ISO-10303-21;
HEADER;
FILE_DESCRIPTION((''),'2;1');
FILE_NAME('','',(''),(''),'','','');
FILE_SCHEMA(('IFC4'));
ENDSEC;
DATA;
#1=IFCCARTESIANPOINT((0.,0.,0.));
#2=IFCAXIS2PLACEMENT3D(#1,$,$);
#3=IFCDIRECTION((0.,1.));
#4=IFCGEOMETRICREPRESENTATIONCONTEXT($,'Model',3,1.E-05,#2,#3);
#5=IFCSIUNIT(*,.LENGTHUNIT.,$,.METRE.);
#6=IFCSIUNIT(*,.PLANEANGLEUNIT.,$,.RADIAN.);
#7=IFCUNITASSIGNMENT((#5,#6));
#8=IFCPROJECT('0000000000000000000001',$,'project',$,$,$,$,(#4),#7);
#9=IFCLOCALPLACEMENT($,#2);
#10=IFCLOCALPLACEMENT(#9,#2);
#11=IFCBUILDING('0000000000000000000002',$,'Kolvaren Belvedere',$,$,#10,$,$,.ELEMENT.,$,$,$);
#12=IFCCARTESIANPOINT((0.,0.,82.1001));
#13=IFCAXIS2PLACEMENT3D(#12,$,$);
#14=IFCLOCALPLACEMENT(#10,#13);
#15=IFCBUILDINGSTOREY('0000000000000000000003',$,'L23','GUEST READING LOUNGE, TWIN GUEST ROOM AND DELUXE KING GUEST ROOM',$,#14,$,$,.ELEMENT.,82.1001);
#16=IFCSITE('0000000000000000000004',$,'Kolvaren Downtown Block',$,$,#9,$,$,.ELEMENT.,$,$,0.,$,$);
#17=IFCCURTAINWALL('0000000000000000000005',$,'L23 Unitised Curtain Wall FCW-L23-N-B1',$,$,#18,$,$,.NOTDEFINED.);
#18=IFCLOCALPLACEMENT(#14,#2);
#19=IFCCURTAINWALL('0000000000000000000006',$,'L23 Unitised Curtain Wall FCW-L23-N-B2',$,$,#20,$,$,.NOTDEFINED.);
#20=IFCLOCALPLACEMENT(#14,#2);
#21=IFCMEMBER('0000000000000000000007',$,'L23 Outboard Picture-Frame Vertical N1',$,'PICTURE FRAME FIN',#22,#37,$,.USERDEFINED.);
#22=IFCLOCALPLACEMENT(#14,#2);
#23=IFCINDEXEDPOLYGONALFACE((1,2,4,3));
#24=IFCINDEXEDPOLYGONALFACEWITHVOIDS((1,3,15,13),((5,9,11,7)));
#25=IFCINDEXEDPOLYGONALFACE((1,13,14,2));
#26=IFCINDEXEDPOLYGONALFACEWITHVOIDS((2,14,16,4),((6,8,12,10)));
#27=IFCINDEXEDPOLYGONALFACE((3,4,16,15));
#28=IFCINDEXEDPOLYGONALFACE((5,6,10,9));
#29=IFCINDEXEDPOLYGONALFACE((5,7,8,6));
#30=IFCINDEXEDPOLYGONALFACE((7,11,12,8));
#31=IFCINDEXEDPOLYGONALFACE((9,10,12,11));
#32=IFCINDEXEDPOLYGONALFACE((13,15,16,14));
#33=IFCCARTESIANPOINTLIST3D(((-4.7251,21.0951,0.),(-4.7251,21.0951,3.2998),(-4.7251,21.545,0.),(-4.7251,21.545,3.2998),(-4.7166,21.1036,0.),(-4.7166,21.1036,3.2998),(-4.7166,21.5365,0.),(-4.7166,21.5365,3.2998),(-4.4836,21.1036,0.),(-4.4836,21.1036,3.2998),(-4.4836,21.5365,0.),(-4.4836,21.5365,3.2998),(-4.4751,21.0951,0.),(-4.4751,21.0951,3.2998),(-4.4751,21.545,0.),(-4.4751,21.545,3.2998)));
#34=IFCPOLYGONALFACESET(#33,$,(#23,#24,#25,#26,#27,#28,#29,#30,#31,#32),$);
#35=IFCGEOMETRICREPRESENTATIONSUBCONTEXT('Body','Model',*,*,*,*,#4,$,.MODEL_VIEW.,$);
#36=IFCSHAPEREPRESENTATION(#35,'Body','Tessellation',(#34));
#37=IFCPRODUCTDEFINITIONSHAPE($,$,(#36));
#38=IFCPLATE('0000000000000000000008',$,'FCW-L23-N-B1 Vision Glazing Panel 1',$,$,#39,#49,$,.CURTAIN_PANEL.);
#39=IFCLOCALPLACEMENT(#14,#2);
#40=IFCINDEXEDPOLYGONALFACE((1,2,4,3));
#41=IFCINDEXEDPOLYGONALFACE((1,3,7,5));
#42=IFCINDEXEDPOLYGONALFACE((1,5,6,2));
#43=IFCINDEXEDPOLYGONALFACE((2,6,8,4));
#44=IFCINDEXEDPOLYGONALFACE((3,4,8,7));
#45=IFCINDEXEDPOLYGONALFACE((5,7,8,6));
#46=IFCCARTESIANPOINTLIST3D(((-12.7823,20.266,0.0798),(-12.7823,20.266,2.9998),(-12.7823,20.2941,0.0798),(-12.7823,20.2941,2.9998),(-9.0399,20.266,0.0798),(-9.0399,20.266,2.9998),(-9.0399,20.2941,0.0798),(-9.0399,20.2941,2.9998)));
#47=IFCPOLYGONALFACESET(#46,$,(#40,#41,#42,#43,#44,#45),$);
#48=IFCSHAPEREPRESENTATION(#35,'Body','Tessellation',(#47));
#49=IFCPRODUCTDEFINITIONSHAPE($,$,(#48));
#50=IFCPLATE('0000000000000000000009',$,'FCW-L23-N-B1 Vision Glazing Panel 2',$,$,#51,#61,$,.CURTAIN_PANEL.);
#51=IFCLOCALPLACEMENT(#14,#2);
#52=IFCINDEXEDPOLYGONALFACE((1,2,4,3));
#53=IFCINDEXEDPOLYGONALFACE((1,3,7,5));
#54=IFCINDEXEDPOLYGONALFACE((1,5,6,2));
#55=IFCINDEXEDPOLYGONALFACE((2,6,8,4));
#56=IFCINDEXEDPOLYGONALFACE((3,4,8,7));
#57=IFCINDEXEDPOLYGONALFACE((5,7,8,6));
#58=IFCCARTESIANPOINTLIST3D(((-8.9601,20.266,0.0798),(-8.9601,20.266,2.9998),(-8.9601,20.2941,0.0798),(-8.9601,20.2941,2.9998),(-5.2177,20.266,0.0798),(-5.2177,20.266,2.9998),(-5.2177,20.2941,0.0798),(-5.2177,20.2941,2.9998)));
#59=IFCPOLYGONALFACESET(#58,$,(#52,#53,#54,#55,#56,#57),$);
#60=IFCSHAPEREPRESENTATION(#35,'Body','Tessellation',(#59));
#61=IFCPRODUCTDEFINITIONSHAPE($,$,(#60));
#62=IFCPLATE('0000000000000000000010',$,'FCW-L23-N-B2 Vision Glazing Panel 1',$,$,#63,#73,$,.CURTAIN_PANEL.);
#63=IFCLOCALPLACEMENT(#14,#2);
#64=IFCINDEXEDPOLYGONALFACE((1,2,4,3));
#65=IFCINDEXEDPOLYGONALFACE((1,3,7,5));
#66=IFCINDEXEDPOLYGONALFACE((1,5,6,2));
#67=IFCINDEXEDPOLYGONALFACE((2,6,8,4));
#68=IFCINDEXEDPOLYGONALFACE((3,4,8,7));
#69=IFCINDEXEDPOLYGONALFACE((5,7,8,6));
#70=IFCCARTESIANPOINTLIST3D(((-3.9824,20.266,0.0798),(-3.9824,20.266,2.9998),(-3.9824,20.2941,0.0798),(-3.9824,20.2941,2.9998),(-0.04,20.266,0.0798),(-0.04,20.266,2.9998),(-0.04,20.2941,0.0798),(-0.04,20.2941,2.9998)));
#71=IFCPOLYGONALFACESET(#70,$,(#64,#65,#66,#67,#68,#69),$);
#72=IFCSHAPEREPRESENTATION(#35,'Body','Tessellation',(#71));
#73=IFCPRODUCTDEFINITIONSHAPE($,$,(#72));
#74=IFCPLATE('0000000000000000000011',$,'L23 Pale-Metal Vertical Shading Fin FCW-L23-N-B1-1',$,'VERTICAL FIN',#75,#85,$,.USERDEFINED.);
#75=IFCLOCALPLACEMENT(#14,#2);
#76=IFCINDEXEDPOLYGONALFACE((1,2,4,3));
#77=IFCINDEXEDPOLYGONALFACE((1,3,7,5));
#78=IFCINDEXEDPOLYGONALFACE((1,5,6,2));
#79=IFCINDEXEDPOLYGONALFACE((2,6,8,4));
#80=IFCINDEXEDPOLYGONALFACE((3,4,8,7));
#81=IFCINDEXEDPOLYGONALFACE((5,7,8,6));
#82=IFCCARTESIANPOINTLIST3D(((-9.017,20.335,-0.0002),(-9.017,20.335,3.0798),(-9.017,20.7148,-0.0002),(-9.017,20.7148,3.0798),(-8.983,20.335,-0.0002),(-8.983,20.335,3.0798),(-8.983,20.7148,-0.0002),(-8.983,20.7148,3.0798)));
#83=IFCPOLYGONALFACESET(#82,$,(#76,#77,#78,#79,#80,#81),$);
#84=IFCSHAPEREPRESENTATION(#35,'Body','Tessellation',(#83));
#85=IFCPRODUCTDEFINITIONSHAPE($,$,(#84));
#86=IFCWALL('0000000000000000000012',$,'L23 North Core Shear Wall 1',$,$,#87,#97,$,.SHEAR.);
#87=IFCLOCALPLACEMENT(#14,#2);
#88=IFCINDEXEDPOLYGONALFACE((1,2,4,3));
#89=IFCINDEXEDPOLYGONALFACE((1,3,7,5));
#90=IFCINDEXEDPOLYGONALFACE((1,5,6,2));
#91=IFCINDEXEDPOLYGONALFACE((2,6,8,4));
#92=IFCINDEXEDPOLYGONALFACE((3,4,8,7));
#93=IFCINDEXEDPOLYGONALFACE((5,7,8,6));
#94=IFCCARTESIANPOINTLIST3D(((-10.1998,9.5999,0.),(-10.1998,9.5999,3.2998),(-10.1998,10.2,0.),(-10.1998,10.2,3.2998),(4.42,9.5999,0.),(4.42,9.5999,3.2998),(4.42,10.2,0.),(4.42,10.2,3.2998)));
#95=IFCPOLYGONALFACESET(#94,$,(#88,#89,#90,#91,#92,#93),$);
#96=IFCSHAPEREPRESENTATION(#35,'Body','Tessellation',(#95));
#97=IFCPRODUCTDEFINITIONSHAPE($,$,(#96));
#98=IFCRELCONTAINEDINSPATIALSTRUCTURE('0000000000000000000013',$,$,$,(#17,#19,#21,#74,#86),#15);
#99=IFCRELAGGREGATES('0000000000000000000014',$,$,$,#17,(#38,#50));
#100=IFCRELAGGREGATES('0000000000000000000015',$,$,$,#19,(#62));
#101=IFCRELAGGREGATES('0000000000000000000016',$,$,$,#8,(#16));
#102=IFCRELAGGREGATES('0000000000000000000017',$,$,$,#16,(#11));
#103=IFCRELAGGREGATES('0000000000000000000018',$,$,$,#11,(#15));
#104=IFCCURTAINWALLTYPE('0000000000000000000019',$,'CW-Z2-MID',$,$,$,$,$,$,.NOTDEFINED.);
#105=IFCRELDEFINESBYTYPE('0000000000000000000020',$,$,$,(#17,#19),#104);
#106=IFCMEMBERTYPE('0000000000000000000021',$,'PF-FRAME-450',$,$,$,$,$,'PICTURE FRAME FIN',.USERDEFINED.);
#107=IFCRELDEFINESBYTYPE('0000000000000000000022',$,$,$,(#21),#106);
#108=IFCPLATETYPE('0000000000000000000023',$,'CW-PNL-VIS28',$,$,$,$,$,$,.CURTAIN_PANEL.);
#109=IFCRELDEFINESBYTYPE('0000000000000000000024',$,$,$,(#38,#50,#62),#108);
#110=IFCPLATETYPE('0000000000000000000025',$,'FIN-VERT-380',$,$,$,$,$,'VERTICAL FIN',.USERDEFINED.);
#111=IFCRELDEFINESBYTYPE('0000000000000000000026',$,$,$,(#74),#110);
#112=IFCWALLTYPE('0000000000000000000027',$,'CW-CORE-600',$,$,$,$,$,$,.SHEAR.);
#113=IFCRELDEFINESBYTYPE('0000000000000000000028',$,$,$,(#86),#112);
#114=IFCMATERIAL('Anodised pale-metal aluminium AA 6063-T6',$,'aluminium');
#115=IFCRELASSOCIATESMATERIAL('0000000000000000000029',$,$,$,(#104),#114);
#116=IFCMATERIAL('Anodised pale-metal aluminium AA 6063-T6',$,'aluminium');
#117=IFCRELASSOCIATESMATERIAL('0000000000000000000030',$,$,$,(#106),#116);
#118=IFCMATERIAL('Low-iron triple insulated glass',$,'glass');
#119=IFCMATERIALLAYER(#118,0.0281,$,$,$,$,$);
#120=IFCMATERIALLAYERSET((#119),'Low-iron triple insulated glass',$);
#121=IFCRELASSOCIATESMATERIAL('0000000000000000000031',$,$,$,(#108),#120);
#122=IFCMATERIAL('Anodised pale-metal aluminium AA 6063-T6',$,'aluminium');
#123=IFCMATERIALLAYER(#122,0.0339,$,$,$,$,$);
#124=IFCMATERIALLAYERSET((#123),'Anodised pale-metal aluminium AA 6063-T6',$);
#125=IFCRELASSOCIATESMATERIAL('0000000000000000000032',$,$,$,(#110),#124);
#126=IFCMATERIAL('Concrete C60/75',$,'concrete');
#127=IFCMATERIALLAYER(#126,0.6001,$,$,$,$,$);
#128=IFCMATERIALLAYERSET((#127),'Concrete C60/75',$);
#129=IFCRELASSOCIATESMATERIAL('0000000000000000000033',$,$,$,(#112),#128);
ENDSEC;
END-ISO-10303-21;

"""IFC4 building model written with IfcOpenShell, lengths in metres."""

from ifc_helpers import new_model, si_unit, direction, frame, frame_2d, origin, origin_2d, place, context, subcontext, project, spatial, rectangle, hollow_rectangle, extrude, material, layer, layer_set, material_profile, profile_set, type_object, element, aggregate, save


model = new_model("IFC4")

# Units and contexts
model_context = context("Model", 3, precision=1e-05, world=origin(), true_north=direction((0.0, 1.0)))
body_context = subcontext(model_context, "Body", "Model", "MODEL_VIEW")
ifc_project = project(units=[si_unit("LENGTHUNIT", "METRE"), si_unit("PLANEANGLEUNIT", "RADIAN")], contexts=[model_context])

# Site, building, storey
site_placement = place(None, origin())
site = spatial("IfcSite", under=ifc_project, at=site_placement, Name="Kolvaren Downtown Block", CompositionType="ELEMENT", RefElevation=0.0)
building_placement = place(site_placement, origin())
building = spatial("IfcBuilding", under=site, at=building_placement, Name="Kolvaren Belvedere", CompositionType="ELEMENT")
storey_placement = place(building_placement, frame((0.0, 0.0, 82.1001)))
storey = spatial("IfcBuildingStorey", under=building, at=storey_placement, Name="L23", Description="GUEST READING LOUNGE, TWIN GUEST ROOM AND DELUXE KING GUEST ROOM", CompositionType="ELEMENT", Elevation=82.1001)

# Curtain wall
ifc_material_1 = material(Name="Anodised pale-metal aluminium AA 6063-T6", Category="aluminium")
curtain_wall_type = type_object("IfcCurtainWallType", Name="CW-Z2-MID", PredefinedType="NOTDEFINED", material=ifc_material_1)
curtain_wall_1_placement = place(storey_placement, origin())
curtain_wall_1 = element("IfcCurtainWall", 1, at=curtain_wall_1_placement, inside=storey, type_object=curtain_wall_type, Name="L23 Unitised Curtain Wall FCW-L23-N-B1", PredefinedType="NOTDEFINED")

# Curtain wall
curtain_wall_2_placement = place(storey_placement, origin())
curtain_wall_2 = element("IfcCurtainWall", 2, at=curtain_wall_2_placement, inside=storey, type_object=curtain_wall_type, Name="L23 Unitised Curtain Wall FCW-L23-N-B2", PredefinedType="NOTDEFINED")

# Member
ifc_material_2 = material(Name="Anodised pale-metal aluminium AA 6063-T6", Category="aluminium")
ifc_material_profile_1 = material_profile(ifc_material_2, hollow_rectangle(XDim=0.25, YDim=0.45, WallThickness=0.0085, at=origin_2d()), Name="ALU-PF-450X250")
ifc_profile_set_1 = profile_set([ifc_material_profile_1], Name="Anodised pale-metal aluminium AA 6063-T6")
member_type_1 = type_object("IfcMemberType", Name="PF-FRAME-450", ElementType="PICTURE FRAME FIN", PredefinedType="USERDEFINED", material=ifc_profile_set_1)
member_1_placement = place(storey_placement, frame((-4.6001, 21.3201, 0.0), z_axis=(0.0, 0.0, 1.0), x_axis=(1.0, 0.0, 0.0)))
element("IfcMember", 3, at=member_1_placement, inside=storey, type_object=member_type_1, Name="L23 Outboard Picture-Frame Vertical N1", ObjectType="PICTURE FRAME FIN", PredefinedType="USERDEFINED", context=body_context, shape_type="SweptSolid", body=[
    extrude(hollow_rectangle(XDim=0.25, YDim=0.45, WallThickness=0.0085, at=origin_2d()), origin(), (0.0, 0.0, 1.0), 3.2998),
])

# Plates
ifc_material_3 = material(Name="Low-iron triple insulated glass", Category="glass")
ifc_layer_1 = layer(ifc_material_3, 0.0281)
ifc_layer_set_1 = layer_set([ifc_layer_1], Name="Low-iron triple insulated glass")
plate_type_1 = type_object("IfcPlateType", Name="CW-PNL-VIS28", PredefinedType="CURTAIN_PANEL", material=ifc_layer_set_1)
plate_1_placement = place(storey_placement, frame((-10.9111, 20.28, 0.0798), z_axis=(0.0, 0.0, 1.0), x_axis=(1.0, 0.0, 0.0)))
plate_1 = element("IfcPlate", 4, at=plate_1_placement, type_object=plate_type_1, Name="FCW-L23-N-B1 Vision Glazing Panel 1", PredefinedType="CURTAIN_PANEL", context=body_context, shape_type="SweptSolid", body=[
    extrude(rectangle(XDim=3.7424, YDim=0.0281, at=origin_2d()), origin(), (0.0, 0.0, 1.0), 2.9199),
])
plate_2_placement = place(storey_placement, frame((-7.0889, 20.28, 0.0798), z_axis=(0.0, 0.0, 1.0), x_axis=(1.0, 0.0, 0.0)))
plate_2 = element("IfcPlate", 5, at=plate_2_placement, type_object=plate_type_1, Name="FCW-L23-N-B1 Vision Glazing Panel 2", PredefinedType="CURTAIN_PANEL", context=body_context, shape_type="SweptSolid", body=[
    extrude(rectangle(XDim=3.7424, YDim=0.0281, at=origin_2d()), origin(), (0.0, 0.0, 1.0), 2.9199),
])
aggregate(curtain_wall_1, [plate_1, plate_2])
plate_3_placement = place(storey_placement, frame((-2.0112, 20.28, 0.0798), z_axis=(0.0, 0.0, 1.0), x_axis=(1.0, 0.0, 0.0)))
plate_3 = element("IfcPlate", 6, at=plate_3_placement, type_object=plate_type_1, Name="FCW-L23-N-B2 Vision Glazing Panel 1", PredefinedType="CURTAIN_PANEL", context=body_context, shape_type="SweptSolid", body=[
    extrude(rectangle(XDim=3.9424, YDim=0.0281, at=origin_2d()), origin(), (0.0, 0.0, 1.0), 2.9199),
])
aggregate(curtain_wall_2, [plate_3])
ifc_material_4 = material(Name="Anodised pale-metal aluminium AA 6063-T6", Category="aluminium")
ifc_layer_2 = layer(ifc_material_4, 0.0339)
ifc_layer_set_2 = layer_set([ifc_layer_2], Name="Anodised pale-metal aluminium AA 6063-T6")
plate_type_2 = type_object("IfcPlateType", Name="FIN-VERT-380", ElementType="VERTICAL FIN", PredefinedType="USERDEFINED", material=ifc_layer_set_2)
plate_4_placement = place(storey_placement, frame((-9.0, 20.5249, -0.0002), z_axis=(0.0, 0.0, 1.0), x_axis=(0.0, 1.0, 0.0)))
element("IfcPlate", 7, at=plate_4_placement, inside=storey, type_object=plate_type_2, Name="L23 Pale-Metal Vertical Shading Fin FCW-L23-N-B1-1", ObjectType="VERTICAL FIN", PredefinedType="USERDEFINED", context=body_context, shape_type="SweptSolid", body=[
    extrude(rectangle(XDim=0.3799, YDim=0.0339, at=origin_2d()), origin(), (0.0, 0.0, 1.0), 3.0801),
])

# Wall
ifc_material_5 = material(Name="Concrete C60/75", Category="concrete")
ifc_layer_3 = layer(ifc_material_5, 0.6001)
ifc_layer_set_3 = layer_set([ifc_layer_3], Name="Concrete C60/75")
wall_type_1 = type_object("IfcWallType", Name="CW-CORE-600", PredefinedType="SHEAR", material=ifc_layer_set_3)
wall_1_placement = place(storey_placement, frame((-10.2, 9.8999, 0.0), z_axis=(0.0, 0.0, 1.0), x_axis=(1.0, 0.0, 0.0)))
element("IfcWall", 8, at=wall_1_placement, inside=storey, type_object=wall_type_1, Name="L23 North Core Shear Wall 1", PredefinedType="SHEAR", context=body_context, shape_type="SweptSolid", body=[
    extrude(rectangle(XDim=14.6199, YDim=0.6001, at=frame_2d((7.3101, 0.0))), origin(), (0.0, 0.0, 1.0), 3.2998),
])

save(model, "model.ifc")
